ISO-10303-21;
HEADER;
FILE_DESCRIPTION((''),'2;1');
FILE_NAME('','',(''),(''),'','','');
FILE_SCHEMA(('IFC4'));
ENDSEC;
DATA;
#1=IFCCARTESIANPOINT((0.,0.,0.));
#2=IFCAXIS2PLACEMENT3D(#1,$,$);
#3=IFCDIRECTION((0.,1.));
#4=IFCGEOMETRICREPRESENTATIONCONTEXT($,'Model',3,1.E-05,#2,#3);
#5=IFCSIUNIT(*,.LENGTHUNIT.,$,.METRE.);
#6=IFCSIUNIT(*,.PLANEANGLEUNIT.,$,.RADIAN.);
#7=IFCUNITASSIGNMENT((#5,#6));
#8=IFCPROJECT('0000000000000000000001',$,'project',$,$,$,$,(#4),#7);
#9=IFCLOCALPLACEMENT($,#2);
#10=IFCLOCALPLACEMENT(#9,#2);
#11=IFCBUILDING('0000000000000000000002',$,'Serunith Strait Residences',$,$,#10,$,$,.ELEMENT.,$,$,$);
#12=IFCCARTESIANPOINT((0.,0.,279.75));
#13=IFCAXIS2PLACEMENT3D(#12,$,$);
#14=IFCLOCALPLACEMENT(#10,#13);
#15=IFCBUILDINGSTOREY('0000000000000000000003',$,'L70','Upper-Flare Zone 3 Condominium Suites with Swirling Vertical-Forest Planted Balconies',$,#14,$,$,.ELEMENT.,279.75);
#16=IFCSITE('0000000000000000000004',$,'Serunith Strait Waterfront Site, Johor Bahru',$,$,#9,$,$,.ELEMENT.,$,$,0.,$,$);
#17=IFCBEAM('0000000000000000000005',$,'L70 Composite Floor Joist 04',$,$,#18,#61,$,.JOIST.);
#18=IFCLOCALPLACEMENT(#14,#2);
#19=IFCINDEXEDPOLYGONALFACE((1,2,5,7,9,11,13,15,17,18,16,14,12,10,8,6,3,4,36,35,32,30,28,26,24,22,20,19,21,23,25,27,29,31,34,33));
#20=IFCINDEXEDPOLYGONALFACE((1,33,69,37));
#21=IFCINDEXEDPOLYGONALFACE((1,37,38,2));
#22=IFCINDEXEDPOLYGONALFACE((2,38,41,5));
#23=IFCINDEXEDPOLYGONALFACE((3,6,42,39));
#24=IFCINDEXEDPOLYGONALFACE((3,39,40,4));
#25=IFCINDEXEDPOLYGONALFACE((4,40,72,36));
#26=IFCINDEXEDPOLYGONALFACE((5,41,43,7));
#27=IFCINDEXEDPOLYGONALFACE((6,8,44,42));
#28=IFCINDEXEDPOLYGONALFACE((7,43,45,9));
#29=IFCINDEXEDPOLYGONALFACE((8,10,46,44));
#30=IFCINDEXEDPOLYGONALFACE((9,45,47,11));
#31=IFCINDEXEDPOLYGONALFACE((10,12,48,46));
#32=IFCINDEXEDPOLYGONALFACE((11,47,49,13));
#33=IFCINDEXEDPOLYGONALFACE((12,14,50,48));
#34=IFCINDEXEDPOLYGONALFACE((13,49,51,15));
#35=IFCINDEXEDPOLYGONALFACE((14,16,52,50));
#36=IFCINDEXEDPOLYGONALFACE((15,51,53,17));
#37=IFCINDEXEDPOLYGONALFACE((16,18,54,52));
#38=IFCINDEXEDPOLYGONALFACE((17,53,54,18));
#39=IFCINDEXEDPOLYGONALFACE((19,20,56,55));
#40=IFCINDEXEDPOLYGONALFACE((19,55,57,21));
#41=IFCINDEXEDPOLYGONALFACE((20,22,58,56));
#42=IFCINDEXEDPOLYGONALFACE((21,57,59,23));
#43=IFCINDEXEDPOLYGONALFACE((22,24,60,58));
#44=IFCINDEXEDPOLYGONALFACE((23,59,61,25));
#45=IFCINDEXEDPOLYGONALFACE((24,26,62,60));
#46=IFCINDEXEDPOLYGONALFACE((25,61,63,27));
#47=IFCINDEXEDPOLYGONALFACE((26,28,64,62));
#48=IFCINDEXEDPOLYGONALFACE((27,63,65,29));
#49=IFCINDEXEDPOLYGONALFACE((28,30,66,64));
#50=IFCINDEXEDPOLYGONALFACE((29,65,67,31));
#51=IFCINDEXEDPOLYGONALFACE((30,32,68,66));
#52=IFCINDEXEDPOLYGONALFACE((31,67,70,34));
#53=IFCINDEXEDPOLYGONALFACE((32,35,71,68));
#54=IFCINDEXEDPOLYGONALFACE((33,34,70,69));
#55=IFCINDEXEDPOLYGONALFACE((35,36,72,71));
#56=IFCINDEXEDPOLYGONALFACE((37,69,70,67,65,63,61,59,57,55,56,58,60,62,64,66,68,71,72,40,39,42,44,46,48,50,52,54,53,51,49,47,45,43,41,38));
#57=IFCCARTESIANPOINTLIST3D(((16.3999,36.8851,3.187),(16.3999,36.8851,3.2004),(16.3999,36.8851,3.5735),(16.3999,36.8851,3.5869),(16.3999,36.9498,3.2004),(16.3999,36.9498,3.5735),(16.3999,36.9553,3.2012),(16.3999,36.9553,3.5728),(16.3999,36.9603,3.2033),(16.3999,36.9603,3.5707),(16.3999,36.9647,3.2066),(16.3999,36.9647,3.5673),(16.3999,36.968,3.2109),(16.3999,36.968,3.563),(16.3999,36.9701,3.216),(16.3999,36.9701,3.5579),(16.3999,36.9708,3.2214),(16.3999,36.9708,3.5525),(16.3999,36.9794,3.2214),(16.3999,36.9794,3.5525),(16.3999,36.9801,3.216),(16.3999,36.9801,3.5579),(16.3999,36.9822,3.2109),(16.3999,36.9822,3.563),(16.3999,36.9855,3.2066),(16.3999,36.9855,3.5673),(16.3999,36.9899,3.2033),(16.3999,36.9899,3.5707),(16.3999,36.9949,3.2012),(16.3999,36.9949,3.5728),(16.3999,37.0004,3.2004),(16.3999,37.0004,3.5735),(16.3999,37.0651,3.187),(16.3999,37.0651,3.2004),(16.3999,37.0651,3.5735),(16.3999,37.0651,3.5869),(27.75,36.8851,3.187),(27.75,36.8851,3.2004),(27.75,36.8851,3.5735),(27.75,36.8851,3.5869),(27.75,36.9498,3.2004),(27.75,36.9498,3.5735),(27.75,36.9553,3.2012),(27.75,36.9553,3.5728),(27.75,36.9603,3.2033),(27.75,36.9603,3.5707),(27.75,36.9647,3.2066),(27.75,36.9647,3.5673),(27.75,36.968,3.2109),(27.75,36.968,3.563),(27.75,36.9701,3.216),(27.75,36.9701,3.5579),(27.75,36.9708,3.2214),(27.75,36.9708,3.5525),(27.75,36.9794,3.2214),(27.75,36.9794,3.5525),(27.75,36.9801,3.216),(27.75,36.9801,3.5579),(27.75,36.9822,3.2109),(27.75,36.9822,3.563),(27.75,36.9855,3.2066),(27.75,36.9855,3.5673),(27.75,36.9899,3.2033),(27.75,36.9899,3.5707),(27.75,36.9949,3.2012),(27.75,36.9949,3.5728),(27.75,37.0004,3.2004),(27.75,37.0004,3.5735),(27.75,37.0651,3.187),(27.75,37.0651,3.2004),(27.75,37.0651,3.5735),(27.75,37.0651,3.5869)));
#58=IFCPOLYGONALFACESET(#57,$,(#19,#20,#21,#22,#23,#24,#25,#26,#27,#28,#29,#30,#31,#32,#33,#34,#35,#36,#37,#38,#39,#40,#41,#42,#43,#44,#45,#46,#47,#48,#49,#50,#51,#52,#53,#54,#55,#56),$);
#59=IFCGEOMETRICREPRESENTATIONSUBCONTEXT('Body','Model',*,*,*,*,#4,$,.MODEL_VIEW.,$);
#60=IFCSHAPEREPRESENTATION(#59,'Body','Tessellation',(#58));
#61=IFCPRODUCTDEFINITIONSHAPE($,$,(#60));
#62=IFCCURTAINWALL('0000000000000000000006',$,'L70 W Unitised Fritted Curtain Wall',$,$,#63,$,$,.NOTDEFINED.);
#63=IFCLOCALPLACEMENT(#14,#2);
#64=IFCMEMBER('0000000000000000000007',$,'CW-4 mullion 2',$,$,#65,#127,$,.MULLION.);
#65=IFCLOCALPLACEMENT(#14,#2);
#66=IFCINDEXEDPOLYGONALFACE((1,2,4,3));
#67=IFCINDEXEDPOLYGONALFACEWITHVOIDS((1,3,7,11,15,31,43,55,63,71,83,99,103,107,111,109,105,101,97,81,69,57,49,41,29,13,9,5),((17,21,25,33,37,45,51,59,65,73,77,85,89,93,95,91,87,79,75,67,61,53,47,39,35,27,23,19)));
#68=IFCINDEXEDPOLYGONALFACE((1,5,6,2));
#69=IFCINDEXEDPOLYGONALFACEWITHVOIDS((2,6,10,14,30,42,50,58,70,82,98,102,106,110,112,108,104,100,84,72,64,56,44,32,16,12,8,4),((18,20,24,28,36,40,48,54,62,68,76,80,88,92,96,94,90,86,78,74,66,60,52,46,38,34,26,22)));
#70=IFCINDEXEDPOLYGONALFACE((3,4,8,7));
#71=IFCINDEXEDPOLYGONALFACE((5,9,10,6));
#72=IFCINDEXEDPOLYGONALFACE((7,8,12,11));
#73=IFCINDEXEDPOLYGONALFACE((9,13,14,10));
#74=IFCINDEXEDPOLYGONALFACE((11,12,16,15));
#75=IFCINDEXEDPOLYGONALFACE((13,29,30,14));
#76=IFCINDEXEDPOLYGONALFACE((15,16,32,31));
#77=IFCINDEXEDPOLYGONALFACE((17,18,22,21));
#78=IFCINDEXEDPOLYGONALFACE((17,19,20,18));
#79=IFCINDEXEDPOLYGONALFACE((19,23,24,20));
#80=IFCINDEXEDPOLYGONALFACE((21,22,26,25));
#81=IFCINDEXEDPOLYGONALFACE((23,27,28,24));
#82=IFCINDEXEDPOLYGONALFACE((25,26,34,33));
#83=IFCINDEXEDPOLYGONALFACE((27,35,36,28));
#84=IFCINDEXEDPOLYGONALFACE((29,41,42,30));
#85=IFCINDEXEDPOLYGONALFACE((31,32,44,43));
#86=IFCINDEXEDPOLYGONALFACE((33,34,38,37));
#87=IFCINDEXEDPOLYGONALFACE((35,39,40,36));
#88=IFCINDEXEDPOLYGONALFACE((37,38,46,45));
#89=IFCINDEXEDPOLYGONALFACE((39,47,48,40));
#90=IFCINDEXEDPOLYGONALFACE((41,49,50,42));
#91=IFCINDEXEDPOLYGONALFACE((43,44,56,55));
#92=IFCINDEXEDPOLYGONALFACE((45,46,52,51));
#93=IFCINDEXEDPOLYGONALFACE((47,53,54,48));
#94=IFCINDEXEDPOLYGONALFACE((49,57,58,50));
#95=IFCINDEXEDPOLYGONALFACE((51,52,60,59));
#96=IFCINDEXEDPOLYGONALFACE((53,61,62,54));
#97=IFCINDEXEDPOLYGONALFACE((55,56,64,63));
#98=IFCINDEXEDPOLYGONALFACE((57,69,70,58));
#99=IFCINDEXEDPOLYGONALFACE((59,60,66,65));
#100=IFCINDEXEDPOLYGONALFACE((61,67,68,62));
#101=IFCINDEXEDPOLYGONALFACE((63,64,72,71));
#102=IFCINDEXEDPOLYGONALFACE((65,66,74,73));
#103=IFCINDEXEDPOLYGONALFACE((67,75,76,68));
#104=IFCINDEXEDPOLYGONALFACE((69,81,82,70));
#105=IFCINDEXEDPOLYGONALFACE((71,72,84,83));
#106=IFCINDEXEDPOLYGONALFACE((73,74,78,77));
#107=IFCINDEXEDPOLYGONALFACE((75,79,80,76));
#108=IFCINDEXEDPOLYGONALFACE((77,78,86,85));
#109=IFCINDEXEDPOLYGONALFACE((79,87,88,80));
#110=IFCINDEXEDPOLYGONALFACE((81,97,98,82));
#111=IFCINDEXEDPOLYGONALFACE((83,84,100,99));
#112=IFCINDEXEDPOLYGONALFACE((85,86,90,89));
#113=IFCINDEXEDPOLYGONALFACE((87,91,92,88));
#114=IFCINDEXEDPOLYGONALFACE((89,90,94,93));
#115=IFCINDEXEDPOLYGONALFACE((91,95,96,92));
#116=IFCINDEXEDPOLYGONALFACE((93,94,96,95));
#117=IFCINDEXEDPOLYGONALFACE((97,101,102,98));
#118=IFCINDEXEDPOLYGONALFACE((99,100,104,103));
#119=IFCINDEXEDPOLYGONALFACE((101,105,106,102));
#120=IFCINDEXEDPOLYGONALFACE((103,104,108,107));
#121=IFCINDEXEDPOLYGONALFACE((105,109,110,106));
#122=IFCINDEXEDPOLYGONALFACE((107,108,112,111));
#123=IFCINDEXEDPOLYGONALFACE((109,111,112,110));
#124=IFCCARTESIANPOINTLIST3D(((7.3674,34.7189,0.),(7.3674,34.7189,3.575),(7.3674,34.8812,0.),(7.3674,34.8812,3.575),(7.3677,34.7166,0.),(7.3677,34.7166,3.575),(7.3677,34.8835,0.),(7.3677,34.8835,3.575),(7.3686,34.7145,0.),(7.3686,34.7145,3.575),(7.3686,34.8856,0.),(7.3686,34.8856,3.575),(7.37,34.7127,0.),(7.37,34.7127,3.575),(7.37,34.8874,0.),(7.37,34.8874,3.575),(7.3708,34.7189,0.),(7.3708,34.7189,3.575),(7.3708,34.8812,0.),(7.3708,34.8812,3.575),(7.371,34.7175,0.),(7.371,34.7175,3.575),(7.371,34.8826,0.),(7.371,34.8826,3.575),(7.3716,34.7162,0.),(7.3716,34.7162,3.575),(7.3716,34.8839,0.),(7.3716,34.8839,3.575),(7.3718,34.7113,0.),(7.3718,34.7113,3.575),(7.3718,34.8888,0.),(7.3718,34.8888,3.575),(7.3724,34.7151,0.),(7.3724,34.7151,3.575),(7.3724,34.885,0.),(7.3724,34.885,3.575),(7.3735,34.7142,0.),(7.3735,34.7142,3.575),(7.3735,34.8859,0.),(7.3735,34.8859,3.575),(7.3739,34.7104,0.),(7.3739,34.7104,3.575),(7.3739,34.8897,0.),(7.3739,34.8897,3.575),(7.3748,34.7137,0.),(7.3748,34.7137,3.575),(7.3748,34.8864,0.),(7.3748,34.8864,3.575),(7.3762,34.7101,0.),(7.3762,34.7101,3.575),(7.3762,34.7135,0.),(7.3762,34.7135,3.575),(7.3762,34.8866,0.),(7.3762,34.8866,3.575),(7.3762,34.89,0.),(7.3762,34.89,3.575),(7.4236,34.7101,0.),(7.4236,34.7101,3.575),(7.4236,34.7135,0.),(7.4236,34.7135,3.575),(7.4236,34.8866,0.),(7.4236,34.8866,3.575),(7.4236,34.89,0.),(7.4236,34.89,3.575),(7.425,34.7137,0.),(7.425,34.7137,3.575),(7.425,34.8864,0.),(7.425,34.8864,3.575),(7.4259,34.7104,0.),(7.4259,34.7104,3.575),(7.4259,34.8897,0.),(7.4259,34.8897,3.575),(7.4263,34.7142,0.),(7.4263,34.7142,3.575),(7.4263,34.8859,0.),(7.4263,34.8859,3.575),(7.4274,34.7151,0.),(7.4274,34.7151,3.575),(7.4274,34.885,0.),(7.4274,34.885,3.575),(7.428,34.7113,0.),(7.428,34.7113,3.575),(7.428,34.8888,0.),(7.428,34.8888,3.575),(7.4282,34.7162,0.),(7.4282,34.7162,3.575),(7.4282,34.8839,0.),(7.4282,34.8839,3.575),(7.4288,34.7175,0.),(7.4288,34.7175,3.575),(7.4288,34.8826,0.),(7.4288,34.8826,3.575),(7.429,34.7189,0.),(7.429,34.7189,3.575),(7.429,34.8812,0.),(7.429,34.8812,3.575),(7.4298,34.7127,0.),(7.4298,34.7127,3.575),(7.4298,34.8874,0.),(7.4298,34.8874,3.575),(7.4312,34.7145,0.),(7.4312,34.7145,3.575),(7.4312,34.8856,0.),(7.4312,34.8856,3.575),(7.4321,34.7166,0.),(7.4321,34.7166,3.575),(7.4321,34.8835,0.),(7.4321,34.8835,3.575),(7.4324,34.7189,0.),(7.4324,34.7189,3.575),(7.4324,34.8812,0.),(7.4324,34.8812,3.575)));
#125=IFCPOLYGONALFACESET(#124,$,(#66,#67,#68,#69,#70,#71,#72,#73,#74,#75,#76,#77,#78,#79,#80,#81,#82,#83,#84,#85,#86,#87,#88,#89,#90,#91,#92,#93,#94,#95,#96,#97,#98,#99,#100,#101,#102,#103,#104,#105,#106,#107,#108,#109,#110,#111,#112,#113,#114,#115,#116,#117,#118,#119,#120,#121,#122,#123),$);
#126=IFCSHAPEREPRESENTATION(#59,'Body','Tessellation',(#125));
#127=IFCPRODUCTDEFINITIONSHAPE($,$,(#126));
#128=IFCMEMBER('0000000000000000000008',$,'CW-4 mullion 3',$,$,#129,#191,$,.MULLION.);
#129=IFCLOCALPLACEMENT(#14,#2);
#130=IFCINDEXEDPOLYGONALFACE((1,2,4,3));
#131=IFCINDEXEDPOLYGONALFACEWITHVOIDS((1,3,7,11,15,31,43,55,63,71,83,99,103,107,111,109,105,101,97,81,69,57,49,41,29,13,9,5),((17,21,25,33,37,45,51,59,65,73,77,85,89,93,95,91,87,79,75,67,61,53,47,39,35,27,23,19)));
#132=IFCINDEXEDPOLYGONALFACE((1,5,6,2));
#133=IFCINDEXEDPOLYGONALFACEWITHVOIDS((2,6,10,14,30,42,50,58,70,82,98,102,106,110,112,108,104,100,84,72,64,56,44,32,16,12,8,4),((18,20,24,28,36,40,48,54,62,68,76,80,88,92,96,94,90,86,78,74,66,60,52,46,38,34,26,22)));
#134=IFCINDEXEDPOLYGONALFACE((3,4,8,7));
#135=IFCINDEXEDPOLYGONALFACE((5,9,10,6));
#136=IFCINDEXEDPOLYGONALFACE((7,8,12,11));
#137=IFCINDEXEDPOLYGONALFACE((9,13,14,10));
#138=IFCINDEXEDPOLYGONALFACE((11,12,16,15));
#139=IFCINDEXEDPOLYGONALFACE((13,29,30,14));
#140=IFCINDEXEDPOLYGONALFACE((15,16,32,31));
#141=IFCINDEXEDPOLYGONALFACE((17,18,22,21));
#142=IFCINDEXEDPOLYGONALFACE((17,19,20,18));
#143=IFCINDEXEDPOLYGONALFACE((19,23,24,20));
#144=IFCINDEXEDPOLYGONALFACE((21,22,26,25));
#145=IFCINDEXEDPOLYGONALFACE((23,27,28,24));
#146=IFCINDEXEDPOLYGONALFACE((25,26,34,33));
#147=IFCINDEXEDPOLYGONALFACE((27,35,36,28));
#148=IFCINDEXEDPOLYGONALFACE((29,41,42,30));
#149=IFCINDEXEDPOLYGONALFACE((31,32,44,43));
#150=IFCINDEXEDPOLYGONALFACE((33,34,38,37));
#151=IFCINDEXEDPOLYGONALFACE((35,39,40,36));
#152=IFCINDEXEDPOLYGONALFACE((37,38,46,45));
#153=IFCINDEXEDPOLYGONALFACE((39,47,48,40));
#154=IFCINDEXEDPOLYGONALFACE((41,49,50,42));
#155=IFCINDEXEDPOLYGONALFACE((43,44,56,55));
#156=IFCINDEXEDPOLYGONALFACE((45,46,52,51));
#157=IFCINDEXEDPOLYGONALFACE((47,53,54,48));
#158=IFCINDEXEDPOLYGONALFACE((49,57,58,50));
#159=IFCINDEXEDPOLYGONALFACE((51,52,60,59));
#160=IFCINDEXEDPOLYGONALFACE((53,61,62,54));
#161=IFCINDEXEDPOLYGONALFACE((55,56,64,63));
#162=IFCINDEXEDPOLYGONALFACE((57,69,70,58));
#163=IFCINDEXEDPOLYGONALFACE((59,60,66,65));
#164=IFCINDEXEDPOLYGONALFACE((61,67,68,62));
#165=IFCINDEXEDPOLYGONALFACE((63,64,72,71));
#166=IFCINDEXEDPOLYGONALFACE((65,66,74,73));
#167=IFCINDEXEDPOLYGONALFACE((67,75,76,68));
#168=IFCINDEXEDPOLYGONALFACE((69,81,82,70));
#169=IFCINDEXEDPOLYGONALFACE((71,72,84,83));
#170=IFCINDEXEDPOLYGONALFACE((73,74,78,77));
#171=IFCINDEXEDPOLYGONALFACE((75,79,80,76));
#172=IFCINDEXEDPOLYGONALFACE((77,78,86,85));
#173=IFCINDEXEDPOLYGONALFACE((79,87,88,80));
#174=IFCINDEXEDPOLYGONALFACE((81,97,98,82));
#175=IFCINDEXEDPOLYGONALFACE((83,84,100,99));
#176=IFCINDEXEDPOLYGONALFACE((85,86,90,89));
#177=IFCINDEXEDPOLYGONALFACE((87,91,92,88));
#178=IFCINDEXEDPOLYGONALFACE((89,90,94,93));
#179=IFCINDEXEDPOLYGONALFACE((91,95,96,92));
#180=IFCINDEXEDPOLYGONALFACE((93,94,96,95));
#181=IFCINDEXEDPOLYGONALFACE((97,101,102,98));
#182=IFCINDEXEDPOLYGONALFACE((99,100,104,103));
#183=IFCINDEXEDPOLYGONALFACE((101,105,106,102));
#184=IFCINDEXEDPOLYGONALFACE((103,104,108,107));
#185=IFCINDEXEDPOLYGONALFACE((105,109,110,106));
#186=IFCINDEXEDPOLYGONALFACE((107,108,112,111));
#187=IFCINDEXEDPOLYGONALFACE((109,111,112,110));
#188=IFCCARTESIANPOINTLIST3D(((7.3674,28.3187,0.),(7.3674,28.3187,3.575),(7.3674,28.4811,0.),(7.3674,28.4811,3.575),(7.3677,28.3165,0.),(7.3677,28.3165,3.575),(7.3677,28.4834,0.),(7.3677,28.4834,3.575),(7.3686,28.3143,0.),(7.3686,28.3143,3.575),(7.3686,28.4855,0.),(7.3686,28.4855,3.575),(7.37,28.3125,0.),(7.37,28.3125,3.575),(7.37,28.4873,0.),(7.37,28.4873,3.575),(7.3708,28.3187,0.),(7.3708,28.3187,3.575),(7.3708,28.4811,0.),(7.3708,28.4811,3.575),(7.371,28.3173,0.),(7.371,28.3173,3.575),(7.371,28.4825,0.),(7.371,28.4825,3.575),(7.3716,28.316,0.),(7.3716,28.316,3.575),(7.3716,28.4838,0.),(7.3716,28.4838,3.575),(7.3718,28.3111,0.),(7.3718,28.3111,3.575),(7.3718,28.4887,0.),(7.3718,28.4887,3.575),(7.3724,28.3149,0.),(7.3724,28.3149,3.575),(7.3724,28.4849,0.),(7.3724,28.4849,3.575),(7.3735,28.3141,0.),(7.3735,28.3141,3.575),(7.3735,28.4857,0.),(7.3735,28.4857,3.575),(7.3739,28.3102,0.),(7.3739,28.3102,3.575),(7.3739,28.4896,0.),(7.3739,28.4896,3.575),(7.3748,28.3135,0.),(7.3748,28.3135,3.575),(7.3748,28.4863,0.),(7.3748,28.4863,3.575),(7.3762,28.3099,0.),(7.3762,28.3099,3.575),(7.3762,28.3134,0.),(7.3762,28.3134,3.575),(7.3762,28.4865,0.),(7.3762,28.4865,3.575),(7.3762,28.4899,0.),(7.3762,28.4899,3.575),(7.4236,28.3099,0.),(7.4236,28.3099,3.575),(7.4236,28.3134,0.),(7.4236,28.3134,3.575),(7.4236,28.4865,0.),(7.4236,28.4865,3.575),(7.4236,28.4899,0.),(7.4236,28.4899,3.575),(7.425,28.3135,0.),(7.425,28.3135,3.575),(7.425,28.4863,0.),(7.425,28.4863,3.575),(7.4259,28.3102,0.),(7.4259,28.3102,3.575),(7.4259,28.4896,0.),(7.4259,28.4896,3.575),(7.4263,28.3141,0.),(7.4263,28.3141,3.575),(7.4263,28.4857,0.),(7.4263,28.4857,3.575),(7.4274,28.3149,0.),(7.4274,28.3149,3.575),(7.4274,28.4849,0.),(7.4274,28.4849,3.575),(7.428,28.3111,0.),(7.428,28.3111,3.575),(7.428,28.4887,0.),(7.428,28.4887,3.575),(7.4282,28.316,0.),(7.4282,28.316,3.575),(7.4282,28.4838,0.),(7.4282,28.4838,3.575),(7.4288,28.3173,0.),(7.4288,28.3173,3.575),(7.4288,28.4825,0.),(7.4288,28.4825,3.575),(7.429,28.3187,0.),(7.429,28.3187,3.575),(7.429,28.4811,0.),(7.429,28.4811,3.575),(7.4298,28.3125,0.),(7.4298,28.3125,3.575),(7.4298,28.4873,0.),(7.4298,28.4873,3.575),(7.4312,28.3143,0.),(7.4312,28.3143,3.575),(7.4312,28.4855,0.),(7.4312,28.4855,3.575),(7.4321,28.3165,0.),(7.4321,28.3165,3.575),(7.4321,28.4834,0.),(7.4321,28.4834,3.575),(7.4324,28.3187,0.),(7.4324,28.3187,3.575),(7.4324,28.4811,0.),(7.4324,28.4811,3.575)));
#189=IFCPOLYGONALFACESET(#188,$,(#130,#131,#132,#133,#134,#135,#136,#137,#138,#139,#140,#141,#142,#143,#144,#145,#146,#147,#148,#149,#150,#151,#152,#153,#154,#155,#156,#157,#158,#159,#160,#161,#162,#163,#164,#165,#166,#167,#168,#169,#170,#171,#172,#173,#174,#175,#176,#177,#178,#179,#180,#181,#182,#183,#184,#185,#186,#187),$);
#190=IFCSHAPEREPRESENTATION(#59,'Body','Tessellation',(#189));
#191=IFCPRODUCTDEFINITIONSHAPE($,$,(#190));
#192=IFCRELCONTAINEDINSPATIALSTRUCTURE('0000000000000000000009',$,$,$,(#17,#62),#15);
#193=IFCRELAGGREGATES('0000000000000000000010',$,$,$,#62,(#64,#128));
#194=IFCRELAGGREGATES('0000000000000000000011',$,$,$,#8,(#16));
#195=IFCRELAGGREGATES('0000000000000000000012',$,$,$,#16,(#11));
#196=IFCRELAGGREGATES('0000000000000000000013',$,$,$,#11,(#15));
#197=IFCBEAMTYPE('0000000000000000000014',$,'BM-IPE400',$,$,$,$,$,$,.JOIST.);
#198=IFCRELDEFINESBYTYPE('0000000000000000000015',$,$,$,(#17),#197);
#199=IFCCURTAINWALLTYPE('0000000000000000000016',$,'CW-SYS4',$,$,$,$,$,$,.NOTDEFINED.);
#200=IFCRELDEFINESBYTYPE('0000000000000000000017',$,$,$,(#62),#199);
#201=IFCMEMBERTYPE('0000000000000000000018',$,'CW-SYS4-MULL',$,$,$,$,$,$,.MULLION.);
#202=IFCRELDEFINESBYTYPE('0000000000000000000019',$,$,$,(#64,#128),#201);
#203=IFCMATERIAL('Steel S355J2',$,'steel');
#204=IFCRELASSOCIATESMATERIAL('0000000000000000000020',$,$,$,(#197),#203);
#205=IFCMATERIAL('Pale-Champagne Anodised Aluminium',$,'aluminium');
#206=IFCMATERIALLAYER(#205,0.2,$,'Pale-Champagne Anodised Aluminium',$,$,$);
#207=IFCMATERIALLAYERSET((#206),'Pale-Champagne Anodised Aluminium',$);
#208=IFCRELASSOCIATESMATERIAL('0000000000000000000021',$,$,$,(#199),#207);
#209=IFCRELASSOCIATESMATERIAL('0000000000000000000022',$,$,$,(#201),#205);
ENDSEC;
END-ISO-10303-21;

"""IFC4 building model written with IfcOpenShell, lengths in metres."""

from ifc_helpers import new_model, si_unit, direction, frame, origin, origin_2d, place, context, subcontext, project, spatial, hollow_rectangle, i_section, extrude, source, transform, mapped, material, layer, layer_set, material_profile, profile_set, type_object, element, aggregate, save


model = new_model("IFC4")

# Units and contexts
model_context = context("Model", 3, precision=1e-05, world=origin(), true_north=direction((0.0, 1.0)))
body_context = subcontext(model_context, "Body", "Model", "MODEL_VIEW")
ifc_project = project(units=[si_unit("LENGTHUNIT", "METRE"), si_unit("PLANEANGLEUNIT", "RADIAN")], contexts=[model_context])

# Site, building, storey
site_placement = place(None, origin())
site = spatial("IfcSite", under=ifc_project, at=site_placement, Name="Serunith Strait Waterfront Site, Johor Bahru", CompositionType="ELEMENT", RefElevation=0.0)
building_placement = place(site_placement, origin())
building = spatial("IfcBuilding", under=site, at=building_placement, Name="Serunith Strait Residences", CompositionType="ELEMENT")
storey_placement = place(building_placement, frame((0.0, 0.0, 279.75)))
storey = spatial("IfcBuildingStorey", under=building, at=storey_placement, Name="L70", Description="Upper-Flare Zone 3 Condominium Suites with Swirling Vertical-Forest Planted Balconies", CompositionType="ELEMENT", Elevation=279.75)

# Beam
ifc_material_1 = material(Name="Steel S355J2", Category="steel")
ifc_material_profile_1 = material_profile(ifc_material_1, i_section(OverallWidth=0.1799, OverallDepth=0.3999, WebThickness=0.0085, FlangeThickness=0.0134, FilletRadius=0.021, at=origin_2d()), Name="IPE 400")
ifc_profile_set_1 = profile_set([ifc_material_profile_1], Name="Steel S355J2")
beam_type_1 = type_object("IfcBeamType", Name="BM-IPE400", PredefinedType="JOIST", material=ifc_profile_set_1)
shared_shape_1 = source(origin(), body_context, "Body", "SweptSolid", [
    extrude(i_section(OverallWidth=0.1799, OverallDepth=0.3999, WebThickness=0.0085, FlangeThickness=0.0134, FilletRadius=0.021, at=origin_2d()), origin(), (0.0, 0.0, 1.0), 11.3501),
])
beam_1_placement = place(storey_placement, frame((16.3999, 36.9751, 3.387), z_axis=(1.0, 0.0, 0.0), x_axis=(0.0, 1.0, 0.0)))
element("IfcBeam", 1, at=beam_1_placement, inside=storey, type_object=beam_type_1, Name="L70 Composite Floor Joist 04", PredefinedType="JOIST", context=body_context, shape_type="MappedRepresentation", body=[
    mapped(shared_shape_1, transform((0.0, 0.0, 0.0), scale=1.0)),
])

# Curtain wall, members
ifc_material_2 = material(Name="Pale-Champagne Anodised Aluminium", Category="aluminium")
ifc_layer_1 = layer(ifc_material_2, 0.2, Name="Pale-Champagne Anodised Aluminium")
ifc_layer_set_1 = layer_set([ifc_layer_1], Name="Pale-Champagne Anodised Aluminium")
curtain_wall_type = type_object("IfcCurtainWallType", Name="CW-SYS4", PredefinedType="NOTDEFINED", material=ifc_layer_set_1)
curtain_wall_placement = place(storey_placement, origin())
curtain_wall = element("IfcCurtainWall", 2, at=curtain_wall_placement, inside=storey, type_object=curtain_wall_type, Name="L70 W Unitised Fritted Curtain Wall", PredefinedType="NOTDEFINED")
ifc_material_profile_2 = material_profile(ifc_material_2, hollow_rectangle(XDim=0.0649, YDim=0.1799, WallThickness=0.0034, InnerFilletRadius=0.0054, OuterFilletRadius=0.0088, at=origin_2d()), Name="ALU 180x65x3.5")
ifc_profile_set_2 = profile_set([ifc_material_profile_2], Name="Pale-Champagne Anodised Aluminium")
member_type_1 = type_object("IfcMemberType", Name="CW-SYS4-MULL", PredefinedType="MULLION", material=ifc_profile_set_2)
shared_shape_2 = source(origin(), body_context, "Body", "SweptSolid", [
    extrude(hollow_rectangle(XDim=0.0649, YDim=0.1799, WallThickness=0.0034, InnerFilletRadius=0.0054, OuterFilletRadius=0.0088, at=origin_2d()), origin(), (0.0, 0.0, 1.0), 3.575),
])
member_1_placement = place(storey_placement, frame((7.3999, 34.8, 0.0), z_axis=(0.0, 0.0, 1.0), x_axis=(1.0, 0.0, 0.0)))
member_1 = element("IfcMember", 3, at=member_1_placement, type_object=member_type_1, Name="CW-4 mullion 2", PredefinedType="MULLION", context=body_context, shape_type="MappedRepresentation", body=[
    mapped(shared_shape_2, transform((0.0, 0.0, 0.0), scale=1.0)),
])
member_2_placement = place(storey_placement, frame((7.3999, 28.3999, 0.0), z_axis=(0.0, 0.0, 1.0), x_axis=(1.0, 0.0, 0.0)))
member_2 = element("IfcMember", 4, at=member_2_placement, type_object=member_type_1, Name="CW-4 mullion 3", PredefinedType="MULLION", context=body_context, shape_type="MappedRepresentation", body=[
    mapped(shared_shape_2, transform((0.0, 0.0, 0.0), scale=1.0)),
])
aggregate(curtain_wall, [member_1, member_2])

save(model, "model.ifc")
